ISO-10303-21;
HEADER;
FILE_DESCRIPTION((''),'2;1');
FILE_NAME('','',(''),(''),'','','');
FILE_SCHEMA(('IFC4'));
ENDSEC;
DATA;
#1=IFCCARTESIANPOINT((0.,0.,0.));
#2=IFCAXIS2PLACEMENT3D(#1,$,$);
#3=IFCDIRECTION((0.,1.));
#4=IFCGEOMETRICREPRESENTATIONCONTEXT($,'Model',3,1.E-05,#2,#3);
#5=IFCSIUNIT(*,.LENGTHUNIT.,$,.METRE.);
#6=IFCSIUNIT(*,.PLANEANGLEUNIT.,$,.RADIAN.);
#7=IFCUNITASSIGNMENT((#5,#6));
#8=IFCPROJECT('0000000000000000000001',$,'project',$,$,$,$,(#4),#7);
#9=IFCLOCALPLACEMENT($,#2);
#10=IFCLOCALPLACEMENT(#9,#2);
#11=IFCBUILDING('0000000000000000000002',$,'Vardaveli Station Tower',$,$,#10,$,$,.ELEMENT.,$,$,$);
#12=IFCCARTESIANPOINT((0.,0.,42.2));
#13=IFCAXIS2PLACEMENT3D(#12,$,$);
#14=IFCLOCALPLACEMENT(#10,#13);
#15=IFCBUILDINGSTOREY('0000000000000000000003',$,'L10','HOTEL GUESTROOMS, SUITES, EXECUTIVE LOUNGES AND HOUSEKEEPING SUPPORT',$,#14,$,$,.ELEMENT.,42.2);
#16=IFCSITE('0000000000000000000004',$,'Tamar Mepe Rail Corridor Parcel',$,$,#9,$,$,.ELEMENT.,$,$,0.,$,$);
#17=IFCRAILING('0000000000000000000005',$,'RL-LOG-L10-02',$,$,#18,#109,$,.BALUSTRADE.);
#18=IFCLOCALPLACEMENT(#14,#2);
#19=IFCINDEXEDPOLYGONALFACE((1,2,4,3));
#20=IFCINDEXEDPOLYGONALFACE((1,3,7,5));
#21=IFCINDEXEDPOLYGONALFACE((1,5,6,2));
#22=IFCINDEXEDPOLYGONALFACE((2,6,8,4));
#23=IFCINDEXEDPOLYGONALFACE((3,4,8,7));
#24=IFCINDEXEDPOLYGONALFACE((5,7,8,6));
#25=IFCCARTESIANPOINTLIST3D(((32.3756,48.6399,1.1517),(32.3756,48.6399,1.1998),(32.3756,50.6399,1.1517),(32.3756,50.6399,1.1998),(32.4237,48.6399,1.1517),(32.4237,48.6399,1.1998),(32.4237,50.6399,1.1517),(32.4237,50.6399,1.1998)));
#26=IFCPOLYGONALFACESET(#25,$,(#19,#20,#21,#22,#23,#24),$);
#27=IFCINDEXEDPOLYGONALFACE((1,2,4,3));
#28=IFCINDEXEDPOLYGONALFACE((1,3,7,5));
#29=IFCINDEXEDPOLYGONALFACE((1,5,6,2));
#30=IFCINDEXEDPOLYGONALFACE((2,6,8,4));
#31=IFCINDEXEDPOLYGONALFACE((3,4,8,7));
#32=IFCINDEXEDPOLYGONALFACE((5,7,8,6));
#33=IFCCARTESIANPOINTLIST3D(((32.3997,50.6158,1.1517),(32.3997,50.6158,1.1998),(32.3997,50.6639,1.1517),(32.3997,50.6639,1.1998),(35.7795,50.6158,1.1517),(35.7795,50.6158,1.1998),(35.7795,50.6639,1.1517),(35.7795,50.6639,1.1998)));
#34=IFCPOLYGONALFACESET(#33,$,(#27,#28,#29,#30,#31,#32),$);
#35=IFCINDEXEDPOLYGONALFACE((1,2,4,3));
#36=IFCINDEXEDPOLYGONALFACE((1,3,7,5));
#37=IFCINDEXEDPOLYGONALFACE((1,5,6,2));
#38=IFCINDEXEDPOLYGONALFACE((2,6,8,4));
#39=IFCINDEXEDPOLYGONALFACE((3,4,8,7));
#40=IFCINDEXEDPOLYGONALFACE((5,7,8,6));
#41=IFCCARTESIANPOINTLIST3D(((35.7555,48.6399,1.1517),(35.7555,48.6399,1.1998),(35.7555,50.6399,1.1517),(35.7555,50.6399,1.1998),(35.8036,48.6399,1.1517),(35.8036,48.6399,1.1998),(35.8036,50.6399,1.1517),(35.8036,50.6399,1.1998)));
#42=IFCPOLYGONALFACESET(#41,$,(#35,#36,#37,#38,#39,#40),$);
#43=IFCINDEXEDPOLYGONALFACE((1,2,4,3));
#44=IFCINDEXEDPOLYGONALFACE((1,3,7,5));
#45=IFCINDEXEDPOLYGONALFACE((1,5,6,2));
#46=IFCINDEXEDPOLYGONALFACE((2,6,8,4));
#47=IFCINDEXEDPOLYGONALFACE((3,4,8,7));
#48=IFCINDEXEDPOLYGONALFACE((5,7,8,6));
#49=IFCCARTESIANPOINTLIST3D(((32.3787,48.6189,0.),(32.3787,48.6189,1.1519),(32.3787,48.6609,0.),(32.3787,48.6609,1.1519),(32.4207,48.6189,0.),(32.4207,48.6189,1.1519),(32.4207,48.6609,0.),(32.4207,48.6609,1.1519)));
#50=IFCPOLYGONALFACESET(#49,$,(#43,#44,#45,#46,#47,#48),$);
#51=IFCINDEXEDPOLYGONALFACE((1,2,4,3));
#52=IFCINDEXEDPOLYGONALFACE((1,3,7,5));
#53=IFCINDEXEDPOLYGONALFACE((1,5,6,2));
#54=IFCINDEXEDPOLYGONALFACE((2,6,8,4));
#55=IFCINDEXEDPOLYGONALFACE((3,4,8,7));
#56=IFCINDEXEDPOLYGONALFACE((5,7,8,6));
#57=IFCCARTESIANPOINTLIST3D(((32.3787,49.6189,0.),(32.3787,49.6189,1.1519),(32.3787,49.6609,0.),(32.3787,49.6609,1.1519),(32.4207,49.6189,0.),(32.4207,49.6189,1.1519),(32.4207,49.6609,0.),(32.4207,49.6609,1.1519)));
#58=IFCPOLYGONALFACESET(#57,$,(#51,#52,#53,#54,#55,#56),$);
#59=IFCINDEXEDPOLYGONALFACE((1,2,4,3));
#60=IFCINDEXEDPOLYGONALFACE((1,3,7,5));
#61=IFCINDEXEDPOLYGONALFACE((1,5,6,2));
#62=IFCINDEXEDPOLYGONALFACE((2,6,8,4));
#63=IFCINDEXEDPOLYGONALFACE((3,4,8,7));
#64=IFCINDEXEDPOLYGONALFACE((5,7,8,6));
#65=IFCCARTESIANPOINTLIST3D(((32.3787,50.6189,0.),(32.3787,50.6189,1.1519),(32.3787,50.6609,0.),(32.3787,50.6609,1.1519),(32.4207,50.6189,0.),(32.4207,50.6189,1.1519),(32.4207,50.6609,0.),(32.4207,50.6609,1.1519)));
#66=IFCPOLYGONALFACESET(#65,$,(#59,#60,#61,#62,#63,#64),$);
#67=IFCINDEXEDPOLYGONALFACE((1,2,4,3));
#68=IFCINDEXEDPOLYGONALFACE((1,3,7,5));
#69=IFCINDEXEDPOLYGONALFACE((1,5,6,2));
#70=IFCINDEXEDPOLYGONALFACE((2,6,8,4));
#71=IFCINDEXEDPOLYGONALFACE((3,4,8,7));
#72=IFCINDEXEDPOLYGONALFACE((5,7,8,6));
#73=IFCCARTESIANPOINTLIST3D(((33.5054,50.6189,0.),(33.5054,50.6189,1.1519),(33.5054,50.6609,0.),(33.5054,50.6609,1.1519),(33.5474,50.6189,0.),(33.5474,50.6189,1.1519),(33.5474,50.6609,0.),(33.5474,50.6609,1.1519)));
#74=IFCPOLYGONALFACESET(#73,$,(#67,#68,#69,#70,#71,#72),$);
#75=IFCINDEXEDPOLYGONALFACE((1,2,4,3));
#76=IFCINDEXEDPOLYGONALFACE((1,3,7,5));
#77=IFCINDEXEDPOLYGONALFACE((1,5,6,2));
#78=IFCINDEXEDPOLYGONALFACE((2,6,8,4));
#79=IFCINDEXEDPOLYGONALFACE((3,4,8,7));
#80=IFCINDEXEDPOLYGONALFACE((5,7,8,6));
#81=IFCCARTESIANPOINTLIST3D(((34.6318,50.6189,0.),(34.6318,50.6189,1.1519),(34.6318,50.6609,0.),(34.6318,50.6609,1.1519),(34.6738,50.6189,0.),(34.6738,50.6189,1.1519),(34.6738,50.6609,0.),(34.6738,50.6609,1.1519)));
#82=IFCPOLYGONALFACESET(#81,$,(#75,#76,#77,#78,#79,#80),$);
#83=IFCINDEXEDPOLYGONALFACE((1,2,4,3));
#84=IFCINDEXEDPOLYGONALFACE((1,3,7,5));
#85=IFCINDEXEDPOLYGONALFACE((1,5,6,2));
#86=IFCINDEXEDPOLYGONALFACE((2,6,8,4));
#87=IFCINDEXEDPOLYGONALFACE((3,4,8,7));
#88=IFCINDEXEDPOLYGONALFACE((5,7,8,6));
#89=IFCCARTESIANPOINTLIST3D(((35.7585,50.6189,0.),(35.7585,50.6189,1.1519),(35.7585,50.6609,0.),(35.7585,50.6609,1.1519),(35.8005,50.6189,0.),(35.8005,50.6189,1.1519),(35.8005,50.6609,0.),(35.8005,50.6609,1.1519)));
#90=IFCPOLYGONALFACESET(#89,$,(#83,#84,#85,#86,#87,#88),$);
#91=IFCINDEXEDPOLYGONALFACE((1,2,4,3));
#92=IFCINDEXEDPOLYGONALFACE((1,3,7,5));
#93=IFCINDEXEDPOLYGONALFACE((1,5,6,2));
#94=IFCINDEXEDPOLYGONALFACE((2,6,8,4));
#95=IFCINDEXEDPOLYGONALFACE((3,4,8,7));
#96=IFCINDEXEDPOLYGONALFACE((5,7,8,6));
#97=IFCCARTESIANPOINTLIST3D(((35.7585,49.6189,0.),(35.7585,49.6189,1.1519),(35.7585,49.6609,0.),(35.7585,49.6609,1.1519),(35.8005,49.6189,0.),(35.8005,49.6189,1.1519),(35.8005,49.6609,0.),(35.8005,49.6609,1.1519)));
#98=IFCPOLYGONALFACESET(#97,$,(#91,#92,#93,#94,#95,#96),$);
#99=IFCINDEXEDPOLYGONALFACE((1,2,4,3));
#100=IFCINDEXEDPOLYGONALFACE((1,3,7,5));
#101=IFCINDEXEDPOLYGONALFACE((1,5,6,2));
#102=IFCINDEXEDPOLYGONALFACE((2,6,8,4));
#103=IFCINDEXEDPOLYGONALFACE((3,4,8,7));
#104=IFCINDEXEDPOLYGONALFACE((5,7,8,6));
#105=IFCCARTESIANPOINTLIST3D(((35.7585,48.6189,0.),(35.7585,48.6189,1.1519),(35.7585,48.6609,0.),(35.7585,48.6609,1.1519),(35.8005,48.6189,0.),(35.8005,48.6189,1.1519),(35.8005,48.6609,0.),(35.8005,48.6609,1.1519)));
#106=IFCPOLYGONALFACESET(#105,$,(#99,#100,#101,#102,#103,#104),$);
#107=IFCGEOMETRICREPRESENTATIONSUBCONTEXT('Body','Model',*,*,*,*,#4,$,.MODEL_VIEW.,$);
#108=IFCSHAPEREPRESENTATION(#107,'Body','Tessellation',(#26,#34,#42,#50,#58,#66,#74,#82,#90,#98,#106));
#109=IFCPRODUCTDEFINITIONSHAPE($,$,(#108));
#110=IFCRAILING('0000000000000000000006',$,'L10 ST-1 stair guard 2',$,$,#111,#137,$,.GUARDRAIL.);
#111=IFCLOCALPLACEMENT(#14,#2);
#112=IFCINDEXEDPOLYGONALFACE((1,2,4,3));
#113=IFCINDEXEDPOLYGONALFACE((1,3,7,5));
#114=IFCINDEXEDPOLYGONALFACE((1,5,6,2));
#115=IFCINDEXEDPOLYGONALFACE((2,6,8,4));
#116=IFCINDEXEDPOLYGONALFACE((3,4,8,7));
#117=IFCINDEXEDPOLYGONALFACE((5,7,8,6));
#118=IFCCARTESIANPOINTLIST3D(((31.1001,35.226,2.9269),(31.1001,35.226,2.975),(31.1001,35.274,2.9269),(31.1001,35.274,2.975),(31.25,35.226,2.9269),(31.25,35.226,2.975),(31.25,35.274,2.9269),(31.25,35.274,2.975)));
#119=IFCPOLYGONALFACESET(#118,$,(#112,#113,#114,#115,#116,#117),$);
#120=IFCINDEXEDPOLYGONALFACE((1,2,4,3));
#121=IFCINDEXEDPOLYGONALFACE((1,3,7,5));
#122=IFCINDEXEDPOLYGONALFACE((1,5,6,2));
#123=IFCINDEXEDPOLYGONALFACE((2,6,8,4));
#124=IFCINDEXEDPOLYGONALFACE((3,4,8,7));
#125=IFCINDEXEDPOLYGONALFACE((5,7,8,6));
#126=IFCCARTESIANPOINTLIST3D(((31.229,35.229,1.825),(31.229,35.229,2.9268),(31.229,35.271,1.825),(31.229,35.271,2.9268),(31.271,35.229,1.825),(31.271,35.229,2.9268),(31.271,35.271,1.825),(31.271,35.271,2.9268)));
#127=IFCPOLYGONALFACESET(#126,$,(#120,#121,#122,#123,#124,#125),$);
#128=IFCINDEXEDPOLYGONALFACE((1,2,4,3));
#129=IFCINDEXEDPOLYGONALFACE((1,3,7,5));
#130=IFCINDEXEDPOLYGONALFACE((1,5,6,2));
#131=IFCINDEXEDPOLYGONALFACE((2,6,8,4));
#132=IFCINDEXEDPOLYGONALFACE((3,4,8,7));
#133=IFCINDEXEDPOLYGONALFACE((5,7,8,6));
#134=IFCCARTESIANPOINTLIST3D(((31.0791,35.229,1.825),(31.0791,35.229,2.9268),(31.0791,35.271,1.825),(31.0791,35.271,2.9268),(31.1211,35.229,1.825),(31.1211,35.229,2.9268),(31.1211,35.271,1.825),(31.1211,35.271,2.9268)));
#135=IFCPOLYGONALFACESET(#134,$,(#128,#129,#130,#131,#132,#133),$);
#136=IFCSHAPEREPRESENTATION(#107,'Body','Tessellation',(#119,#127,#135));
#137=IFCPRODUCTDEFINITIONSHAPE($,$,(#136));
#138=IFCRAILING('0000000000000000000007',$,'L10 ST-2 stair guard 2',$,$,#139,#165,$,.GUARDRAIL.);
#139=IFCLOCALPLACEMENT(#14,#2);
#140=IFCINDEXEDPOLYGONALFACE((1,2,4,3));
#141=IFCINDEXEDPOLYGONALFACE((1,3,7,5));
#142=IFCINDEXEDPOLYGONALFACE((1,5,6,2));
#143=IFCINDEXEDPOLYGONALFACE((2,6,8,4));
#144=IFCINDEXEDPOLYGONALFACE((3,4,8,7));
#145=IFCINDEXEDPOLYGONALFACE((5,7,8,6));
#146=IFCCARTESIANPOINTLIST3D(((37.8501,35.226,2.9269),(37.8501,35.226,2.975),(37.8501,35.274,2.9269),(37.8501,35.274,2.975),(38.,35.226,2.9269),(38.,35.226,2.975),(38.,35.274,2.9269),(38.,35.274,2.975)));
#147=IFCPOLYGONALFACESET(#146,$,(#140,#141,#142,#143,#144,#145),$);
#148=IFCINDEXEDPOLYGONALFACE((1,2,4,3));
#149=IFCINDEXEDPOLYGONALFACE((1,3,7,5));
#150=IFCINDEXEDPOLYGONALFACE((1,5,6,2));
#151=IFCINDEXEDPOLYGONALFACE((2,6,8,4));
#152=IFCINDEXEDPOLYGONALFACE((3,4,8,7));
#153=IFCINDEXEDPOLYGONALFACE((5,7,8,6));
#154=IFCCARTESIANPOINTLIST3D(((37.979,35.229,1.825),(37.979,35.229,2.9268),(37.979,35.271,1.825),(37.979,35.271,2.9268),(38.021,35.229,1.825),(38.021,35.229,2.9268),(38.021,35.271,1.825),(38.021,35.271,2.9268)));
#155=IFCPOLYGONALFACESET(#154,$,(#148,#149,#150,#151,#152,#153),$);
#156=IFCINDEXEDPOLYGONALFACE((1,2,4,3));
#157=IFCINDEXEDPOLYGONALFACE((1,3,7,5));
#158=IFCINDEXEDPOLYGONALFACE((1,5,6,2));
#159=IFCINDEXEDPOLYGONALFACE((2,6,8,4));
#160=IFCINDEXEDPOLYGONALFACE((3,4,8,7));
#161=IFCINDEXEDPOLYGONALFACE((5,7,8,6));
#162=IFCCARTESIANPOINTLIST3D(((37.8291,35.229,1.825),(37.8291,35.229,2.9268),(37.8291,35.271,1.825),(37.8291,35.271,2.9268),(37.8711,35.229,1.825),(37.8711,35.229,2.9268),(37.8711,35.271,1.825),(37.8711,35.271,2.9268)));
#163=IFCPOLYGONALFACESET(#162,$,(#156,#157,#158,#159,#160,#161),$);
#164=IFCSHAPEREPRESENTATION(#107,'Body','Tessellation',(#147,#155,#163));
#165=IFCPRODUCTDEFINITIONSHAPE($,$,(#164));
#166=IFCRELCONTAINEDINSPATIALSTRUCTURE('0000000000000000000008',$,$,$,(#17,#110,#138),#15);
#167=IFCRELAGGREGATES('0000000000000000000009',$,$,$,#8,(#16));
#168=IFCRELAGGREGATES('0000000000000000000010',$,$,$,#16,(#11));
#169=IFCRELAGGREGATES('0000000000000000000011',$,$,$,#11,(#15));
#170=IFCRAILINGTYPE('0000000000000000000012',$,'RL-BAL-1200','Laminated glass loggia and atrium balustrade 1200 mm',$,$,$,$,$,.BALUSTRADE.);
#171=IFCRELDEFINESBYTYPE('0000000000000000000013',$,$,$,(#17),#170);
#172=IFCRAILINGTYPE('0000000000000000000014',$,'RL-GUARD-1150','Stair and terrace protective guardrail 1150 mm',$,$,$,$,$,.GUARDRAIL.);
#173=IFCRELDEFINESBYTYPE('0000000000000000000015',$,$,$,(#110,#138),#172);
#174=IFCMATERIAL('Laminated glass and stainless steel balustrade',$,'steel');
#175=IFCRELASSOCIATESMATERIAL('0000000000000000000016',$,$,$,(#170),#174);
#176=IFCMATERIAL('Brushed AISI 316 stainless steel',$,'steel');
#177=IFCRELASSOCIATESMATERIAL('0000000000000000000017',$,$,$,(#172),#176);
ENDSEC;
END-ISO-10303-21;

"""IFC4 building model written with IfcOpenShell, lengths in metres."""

from ifc_helpers import new_model, si_unit, direction, frame, origin, origin_2d, place, context, subcontext, project, spatial, rectangle, extrude, source, transform, mapped, material, type_object, element, save


model = new_model("IFC4")

# Units and contexts
model_context = context("Model", 3, precision=1e-05, world=origin(), true_north=direction((0.0, 1.0)))
body_context = subcontext(model_context, "Body", "Model", "MODEL_VIEW")
ifc_project = project(units=[si_unit("LENGTHUNIT", "METRE"), si_unit("PLANEANGLEUNIT", "RADIAN")], contexts=[model_context])

# Site, building, storey
site_placement = place(None, origin())
site = spatial("IfcSite", under=ifc_project, at=site_placement, Name="Tamar Mepe Rail Corridor Parcel", CompositionType="ELEMENT", RefElevation=0.0)
building_placement = place(site_placement, origin())
building = spatial("IfcBuilding", under=site, at=building_placement, Name="Vardaveli Station Tower", CompositionType="ELEMENT")
storey_placement = place(building_placement, frame((0.0, 0.0, 42.2)))
storey = spatial("IfcBuildingStorey", under=building, at=storey_placement, Name="L10", Description="HOTEL GUESTROOMS, SUITES, EXECUTIVE LOUNGES AND HOUSEKEEPING SUPPORT", CompositionType="ELEMENT", Elevation=42.2)

# Railings
ifc_material_1 = material(Name="Laminated glass and stainless steel balustrade", Category="steel")
railing_type_1 = type_object("IfcRailingType", Name="RL-BAL-1200", Description="Laminated glass loggia and atrium balustrade 1200 mm", PredefinedType="BALUSTRADE", material=ifc_material_1)
shared_shape_1 = source(origin(), body_context, "Body", "SweptSolid", [
    extrude(rectangle(XDim=0.0481, YDim=0.0481, at=origin_2d()), frame((0.0, 0.0, 1.1758), z_axis=(0.0, 1.0, 0.0), x_axis=(-1.0, 0.0, 0.0)), (0.0, 0.0, 1.0), 2.0),
    extrude(rectangle(XDim=0.0481, YDim=0.0481, at=origin_2d()), frame((0.0, 2.0, 1.1758), z_axis=(1.0, 0.0, 0.0), x_axis=(0.0, 1.0, 0.0)), (0.0, 0.0, 1.0), 3.3799),
    extrude(rectangle(XDim=0.0481, YDim=0.0481, at=origin_2d()), frame((3.3799, 2.0, 1.1758), z_axis=(0.0, -1.0, 0.0), x_axis=(1.0, 0.0, 0.0)), (0.0, 0.0, 1.0), 2.0),
    extrude(rectangle(XDim=0.042, YDim=0.042, at=origin_2d()), origin(), (0.0, 0.0, 1.0), 1.1519),
    extrude(rectangle(XDim=0.042, YDim=0.042, at=origin_2d()), frame((0.0, 1.0, 0.0)), (0.0, 0.0, 1.0), 1.1519),
    extrude(rectangle(XDim=0.042, YDim=0.042, at=origin_2d()), frame((0.0, 2.0, 0.0)), (0.0, 0.0, 1.0), 1.1519),
    extrude(rectangle(XDim=0.042, YDim=0.042, at=origin_2d()), frame((1.1267, 2.0, 0.0)), (0.0, 0.0, 1.0), 1.1519),
    extrude(rectangle(XDim=0.042, YDim=0.042, at=origin_2d()), frame((2.2532, 2.0, 0.0)), (0.0, 0.0, 1.0), 1.1519),
    extrude(rectangle(XDim=0.042, YDim=0.042, at=origin_2d()), frame((3.3799, 2.0, 0.0)), (0.0, 0.0, 1.0), 1.1519),
    extrude(rectangle(XDim=0.042, YDim=0.042, at=origin_2d()), frame((3.3799, 1.0, 0.0)), (0.0, 0.0, 1.0), 1.1519),
    extrude(rectangle(XDim=0.042, YDim=0.042, at=origin_2d()), frame((3.3799, 0.0, 0.0)), (0.0, 0.0, 1.0), 1.1519),
])
railing_placement = place(storey_placement, frame((32.3997, 48.6399, 0.0)))
element("IfcRailing", 1, at=railing_placement, inside=storey, type_object=railing_type_1, Name="RL-LOG-L10-02", PredefinedType="BALUSTRADE", context=body_context, shape_type="MappedRepresentation", body=[
    mapped(shared_shape_1, transform((0.0, 0.0, 0.0), scale=1.0)),
])
ifc_material_2 = material(Name="Brushed AISI 316 stainless steel", Category="steel")
railing_type_2 = type_object("IfcRailingType", Name="RL-GUARD-1150", Description="Stair and terrace protective guardrail 1150 mm", PredefinedType="GUARDRAIL", material=ifc_material_2)
shared_shape_2 = source(origin(), body_context, "Body", "SweptSolid", [
    extrude(rectangle(XDim=0.0481, YDim=0.0481, at=origin_2d()), frame((0.0, 0.0, 1.126), z_axis=(-1.0, 0.0, 0.0), x_axis=(0.0, -1.0, 0.0)), (0.0, 0.0, 1.0), 0.1499),
    extrude(rectangle(XDim=0.042, YDim=0.042, at=origin_2d()), origin(), (0.0, 0.0, 1.0), 1.1018),
    extrude(rectangle(XDim=0.042, YDim=0.042, at=origin_2d()), frame((-0.1499, 0.0, 0.0)), (0.0, 0.0, 1.0), 1.1018),
])
for number, where, name in (
    (2, (31.25, 35.25, 1.825), "L10 ST-1 stair guard 2"),
    (3, (38.0, 35.25, 1.825), "L10 ST-2 stair guard 2"),
):
    element("IfcRailing", number, at=place(storey_placement, frame(where)), inside=storey, type_object=railing_type_2, Name=name, PredefinedType="GUARDRAIL", context=body_context, shape_type="MappedRepresentation", body=[
        mapped(shared_shape_2, transform((0.0, 0.0, 0.0), scale=1.0)),
    ])

save(model, "model.ifc")
